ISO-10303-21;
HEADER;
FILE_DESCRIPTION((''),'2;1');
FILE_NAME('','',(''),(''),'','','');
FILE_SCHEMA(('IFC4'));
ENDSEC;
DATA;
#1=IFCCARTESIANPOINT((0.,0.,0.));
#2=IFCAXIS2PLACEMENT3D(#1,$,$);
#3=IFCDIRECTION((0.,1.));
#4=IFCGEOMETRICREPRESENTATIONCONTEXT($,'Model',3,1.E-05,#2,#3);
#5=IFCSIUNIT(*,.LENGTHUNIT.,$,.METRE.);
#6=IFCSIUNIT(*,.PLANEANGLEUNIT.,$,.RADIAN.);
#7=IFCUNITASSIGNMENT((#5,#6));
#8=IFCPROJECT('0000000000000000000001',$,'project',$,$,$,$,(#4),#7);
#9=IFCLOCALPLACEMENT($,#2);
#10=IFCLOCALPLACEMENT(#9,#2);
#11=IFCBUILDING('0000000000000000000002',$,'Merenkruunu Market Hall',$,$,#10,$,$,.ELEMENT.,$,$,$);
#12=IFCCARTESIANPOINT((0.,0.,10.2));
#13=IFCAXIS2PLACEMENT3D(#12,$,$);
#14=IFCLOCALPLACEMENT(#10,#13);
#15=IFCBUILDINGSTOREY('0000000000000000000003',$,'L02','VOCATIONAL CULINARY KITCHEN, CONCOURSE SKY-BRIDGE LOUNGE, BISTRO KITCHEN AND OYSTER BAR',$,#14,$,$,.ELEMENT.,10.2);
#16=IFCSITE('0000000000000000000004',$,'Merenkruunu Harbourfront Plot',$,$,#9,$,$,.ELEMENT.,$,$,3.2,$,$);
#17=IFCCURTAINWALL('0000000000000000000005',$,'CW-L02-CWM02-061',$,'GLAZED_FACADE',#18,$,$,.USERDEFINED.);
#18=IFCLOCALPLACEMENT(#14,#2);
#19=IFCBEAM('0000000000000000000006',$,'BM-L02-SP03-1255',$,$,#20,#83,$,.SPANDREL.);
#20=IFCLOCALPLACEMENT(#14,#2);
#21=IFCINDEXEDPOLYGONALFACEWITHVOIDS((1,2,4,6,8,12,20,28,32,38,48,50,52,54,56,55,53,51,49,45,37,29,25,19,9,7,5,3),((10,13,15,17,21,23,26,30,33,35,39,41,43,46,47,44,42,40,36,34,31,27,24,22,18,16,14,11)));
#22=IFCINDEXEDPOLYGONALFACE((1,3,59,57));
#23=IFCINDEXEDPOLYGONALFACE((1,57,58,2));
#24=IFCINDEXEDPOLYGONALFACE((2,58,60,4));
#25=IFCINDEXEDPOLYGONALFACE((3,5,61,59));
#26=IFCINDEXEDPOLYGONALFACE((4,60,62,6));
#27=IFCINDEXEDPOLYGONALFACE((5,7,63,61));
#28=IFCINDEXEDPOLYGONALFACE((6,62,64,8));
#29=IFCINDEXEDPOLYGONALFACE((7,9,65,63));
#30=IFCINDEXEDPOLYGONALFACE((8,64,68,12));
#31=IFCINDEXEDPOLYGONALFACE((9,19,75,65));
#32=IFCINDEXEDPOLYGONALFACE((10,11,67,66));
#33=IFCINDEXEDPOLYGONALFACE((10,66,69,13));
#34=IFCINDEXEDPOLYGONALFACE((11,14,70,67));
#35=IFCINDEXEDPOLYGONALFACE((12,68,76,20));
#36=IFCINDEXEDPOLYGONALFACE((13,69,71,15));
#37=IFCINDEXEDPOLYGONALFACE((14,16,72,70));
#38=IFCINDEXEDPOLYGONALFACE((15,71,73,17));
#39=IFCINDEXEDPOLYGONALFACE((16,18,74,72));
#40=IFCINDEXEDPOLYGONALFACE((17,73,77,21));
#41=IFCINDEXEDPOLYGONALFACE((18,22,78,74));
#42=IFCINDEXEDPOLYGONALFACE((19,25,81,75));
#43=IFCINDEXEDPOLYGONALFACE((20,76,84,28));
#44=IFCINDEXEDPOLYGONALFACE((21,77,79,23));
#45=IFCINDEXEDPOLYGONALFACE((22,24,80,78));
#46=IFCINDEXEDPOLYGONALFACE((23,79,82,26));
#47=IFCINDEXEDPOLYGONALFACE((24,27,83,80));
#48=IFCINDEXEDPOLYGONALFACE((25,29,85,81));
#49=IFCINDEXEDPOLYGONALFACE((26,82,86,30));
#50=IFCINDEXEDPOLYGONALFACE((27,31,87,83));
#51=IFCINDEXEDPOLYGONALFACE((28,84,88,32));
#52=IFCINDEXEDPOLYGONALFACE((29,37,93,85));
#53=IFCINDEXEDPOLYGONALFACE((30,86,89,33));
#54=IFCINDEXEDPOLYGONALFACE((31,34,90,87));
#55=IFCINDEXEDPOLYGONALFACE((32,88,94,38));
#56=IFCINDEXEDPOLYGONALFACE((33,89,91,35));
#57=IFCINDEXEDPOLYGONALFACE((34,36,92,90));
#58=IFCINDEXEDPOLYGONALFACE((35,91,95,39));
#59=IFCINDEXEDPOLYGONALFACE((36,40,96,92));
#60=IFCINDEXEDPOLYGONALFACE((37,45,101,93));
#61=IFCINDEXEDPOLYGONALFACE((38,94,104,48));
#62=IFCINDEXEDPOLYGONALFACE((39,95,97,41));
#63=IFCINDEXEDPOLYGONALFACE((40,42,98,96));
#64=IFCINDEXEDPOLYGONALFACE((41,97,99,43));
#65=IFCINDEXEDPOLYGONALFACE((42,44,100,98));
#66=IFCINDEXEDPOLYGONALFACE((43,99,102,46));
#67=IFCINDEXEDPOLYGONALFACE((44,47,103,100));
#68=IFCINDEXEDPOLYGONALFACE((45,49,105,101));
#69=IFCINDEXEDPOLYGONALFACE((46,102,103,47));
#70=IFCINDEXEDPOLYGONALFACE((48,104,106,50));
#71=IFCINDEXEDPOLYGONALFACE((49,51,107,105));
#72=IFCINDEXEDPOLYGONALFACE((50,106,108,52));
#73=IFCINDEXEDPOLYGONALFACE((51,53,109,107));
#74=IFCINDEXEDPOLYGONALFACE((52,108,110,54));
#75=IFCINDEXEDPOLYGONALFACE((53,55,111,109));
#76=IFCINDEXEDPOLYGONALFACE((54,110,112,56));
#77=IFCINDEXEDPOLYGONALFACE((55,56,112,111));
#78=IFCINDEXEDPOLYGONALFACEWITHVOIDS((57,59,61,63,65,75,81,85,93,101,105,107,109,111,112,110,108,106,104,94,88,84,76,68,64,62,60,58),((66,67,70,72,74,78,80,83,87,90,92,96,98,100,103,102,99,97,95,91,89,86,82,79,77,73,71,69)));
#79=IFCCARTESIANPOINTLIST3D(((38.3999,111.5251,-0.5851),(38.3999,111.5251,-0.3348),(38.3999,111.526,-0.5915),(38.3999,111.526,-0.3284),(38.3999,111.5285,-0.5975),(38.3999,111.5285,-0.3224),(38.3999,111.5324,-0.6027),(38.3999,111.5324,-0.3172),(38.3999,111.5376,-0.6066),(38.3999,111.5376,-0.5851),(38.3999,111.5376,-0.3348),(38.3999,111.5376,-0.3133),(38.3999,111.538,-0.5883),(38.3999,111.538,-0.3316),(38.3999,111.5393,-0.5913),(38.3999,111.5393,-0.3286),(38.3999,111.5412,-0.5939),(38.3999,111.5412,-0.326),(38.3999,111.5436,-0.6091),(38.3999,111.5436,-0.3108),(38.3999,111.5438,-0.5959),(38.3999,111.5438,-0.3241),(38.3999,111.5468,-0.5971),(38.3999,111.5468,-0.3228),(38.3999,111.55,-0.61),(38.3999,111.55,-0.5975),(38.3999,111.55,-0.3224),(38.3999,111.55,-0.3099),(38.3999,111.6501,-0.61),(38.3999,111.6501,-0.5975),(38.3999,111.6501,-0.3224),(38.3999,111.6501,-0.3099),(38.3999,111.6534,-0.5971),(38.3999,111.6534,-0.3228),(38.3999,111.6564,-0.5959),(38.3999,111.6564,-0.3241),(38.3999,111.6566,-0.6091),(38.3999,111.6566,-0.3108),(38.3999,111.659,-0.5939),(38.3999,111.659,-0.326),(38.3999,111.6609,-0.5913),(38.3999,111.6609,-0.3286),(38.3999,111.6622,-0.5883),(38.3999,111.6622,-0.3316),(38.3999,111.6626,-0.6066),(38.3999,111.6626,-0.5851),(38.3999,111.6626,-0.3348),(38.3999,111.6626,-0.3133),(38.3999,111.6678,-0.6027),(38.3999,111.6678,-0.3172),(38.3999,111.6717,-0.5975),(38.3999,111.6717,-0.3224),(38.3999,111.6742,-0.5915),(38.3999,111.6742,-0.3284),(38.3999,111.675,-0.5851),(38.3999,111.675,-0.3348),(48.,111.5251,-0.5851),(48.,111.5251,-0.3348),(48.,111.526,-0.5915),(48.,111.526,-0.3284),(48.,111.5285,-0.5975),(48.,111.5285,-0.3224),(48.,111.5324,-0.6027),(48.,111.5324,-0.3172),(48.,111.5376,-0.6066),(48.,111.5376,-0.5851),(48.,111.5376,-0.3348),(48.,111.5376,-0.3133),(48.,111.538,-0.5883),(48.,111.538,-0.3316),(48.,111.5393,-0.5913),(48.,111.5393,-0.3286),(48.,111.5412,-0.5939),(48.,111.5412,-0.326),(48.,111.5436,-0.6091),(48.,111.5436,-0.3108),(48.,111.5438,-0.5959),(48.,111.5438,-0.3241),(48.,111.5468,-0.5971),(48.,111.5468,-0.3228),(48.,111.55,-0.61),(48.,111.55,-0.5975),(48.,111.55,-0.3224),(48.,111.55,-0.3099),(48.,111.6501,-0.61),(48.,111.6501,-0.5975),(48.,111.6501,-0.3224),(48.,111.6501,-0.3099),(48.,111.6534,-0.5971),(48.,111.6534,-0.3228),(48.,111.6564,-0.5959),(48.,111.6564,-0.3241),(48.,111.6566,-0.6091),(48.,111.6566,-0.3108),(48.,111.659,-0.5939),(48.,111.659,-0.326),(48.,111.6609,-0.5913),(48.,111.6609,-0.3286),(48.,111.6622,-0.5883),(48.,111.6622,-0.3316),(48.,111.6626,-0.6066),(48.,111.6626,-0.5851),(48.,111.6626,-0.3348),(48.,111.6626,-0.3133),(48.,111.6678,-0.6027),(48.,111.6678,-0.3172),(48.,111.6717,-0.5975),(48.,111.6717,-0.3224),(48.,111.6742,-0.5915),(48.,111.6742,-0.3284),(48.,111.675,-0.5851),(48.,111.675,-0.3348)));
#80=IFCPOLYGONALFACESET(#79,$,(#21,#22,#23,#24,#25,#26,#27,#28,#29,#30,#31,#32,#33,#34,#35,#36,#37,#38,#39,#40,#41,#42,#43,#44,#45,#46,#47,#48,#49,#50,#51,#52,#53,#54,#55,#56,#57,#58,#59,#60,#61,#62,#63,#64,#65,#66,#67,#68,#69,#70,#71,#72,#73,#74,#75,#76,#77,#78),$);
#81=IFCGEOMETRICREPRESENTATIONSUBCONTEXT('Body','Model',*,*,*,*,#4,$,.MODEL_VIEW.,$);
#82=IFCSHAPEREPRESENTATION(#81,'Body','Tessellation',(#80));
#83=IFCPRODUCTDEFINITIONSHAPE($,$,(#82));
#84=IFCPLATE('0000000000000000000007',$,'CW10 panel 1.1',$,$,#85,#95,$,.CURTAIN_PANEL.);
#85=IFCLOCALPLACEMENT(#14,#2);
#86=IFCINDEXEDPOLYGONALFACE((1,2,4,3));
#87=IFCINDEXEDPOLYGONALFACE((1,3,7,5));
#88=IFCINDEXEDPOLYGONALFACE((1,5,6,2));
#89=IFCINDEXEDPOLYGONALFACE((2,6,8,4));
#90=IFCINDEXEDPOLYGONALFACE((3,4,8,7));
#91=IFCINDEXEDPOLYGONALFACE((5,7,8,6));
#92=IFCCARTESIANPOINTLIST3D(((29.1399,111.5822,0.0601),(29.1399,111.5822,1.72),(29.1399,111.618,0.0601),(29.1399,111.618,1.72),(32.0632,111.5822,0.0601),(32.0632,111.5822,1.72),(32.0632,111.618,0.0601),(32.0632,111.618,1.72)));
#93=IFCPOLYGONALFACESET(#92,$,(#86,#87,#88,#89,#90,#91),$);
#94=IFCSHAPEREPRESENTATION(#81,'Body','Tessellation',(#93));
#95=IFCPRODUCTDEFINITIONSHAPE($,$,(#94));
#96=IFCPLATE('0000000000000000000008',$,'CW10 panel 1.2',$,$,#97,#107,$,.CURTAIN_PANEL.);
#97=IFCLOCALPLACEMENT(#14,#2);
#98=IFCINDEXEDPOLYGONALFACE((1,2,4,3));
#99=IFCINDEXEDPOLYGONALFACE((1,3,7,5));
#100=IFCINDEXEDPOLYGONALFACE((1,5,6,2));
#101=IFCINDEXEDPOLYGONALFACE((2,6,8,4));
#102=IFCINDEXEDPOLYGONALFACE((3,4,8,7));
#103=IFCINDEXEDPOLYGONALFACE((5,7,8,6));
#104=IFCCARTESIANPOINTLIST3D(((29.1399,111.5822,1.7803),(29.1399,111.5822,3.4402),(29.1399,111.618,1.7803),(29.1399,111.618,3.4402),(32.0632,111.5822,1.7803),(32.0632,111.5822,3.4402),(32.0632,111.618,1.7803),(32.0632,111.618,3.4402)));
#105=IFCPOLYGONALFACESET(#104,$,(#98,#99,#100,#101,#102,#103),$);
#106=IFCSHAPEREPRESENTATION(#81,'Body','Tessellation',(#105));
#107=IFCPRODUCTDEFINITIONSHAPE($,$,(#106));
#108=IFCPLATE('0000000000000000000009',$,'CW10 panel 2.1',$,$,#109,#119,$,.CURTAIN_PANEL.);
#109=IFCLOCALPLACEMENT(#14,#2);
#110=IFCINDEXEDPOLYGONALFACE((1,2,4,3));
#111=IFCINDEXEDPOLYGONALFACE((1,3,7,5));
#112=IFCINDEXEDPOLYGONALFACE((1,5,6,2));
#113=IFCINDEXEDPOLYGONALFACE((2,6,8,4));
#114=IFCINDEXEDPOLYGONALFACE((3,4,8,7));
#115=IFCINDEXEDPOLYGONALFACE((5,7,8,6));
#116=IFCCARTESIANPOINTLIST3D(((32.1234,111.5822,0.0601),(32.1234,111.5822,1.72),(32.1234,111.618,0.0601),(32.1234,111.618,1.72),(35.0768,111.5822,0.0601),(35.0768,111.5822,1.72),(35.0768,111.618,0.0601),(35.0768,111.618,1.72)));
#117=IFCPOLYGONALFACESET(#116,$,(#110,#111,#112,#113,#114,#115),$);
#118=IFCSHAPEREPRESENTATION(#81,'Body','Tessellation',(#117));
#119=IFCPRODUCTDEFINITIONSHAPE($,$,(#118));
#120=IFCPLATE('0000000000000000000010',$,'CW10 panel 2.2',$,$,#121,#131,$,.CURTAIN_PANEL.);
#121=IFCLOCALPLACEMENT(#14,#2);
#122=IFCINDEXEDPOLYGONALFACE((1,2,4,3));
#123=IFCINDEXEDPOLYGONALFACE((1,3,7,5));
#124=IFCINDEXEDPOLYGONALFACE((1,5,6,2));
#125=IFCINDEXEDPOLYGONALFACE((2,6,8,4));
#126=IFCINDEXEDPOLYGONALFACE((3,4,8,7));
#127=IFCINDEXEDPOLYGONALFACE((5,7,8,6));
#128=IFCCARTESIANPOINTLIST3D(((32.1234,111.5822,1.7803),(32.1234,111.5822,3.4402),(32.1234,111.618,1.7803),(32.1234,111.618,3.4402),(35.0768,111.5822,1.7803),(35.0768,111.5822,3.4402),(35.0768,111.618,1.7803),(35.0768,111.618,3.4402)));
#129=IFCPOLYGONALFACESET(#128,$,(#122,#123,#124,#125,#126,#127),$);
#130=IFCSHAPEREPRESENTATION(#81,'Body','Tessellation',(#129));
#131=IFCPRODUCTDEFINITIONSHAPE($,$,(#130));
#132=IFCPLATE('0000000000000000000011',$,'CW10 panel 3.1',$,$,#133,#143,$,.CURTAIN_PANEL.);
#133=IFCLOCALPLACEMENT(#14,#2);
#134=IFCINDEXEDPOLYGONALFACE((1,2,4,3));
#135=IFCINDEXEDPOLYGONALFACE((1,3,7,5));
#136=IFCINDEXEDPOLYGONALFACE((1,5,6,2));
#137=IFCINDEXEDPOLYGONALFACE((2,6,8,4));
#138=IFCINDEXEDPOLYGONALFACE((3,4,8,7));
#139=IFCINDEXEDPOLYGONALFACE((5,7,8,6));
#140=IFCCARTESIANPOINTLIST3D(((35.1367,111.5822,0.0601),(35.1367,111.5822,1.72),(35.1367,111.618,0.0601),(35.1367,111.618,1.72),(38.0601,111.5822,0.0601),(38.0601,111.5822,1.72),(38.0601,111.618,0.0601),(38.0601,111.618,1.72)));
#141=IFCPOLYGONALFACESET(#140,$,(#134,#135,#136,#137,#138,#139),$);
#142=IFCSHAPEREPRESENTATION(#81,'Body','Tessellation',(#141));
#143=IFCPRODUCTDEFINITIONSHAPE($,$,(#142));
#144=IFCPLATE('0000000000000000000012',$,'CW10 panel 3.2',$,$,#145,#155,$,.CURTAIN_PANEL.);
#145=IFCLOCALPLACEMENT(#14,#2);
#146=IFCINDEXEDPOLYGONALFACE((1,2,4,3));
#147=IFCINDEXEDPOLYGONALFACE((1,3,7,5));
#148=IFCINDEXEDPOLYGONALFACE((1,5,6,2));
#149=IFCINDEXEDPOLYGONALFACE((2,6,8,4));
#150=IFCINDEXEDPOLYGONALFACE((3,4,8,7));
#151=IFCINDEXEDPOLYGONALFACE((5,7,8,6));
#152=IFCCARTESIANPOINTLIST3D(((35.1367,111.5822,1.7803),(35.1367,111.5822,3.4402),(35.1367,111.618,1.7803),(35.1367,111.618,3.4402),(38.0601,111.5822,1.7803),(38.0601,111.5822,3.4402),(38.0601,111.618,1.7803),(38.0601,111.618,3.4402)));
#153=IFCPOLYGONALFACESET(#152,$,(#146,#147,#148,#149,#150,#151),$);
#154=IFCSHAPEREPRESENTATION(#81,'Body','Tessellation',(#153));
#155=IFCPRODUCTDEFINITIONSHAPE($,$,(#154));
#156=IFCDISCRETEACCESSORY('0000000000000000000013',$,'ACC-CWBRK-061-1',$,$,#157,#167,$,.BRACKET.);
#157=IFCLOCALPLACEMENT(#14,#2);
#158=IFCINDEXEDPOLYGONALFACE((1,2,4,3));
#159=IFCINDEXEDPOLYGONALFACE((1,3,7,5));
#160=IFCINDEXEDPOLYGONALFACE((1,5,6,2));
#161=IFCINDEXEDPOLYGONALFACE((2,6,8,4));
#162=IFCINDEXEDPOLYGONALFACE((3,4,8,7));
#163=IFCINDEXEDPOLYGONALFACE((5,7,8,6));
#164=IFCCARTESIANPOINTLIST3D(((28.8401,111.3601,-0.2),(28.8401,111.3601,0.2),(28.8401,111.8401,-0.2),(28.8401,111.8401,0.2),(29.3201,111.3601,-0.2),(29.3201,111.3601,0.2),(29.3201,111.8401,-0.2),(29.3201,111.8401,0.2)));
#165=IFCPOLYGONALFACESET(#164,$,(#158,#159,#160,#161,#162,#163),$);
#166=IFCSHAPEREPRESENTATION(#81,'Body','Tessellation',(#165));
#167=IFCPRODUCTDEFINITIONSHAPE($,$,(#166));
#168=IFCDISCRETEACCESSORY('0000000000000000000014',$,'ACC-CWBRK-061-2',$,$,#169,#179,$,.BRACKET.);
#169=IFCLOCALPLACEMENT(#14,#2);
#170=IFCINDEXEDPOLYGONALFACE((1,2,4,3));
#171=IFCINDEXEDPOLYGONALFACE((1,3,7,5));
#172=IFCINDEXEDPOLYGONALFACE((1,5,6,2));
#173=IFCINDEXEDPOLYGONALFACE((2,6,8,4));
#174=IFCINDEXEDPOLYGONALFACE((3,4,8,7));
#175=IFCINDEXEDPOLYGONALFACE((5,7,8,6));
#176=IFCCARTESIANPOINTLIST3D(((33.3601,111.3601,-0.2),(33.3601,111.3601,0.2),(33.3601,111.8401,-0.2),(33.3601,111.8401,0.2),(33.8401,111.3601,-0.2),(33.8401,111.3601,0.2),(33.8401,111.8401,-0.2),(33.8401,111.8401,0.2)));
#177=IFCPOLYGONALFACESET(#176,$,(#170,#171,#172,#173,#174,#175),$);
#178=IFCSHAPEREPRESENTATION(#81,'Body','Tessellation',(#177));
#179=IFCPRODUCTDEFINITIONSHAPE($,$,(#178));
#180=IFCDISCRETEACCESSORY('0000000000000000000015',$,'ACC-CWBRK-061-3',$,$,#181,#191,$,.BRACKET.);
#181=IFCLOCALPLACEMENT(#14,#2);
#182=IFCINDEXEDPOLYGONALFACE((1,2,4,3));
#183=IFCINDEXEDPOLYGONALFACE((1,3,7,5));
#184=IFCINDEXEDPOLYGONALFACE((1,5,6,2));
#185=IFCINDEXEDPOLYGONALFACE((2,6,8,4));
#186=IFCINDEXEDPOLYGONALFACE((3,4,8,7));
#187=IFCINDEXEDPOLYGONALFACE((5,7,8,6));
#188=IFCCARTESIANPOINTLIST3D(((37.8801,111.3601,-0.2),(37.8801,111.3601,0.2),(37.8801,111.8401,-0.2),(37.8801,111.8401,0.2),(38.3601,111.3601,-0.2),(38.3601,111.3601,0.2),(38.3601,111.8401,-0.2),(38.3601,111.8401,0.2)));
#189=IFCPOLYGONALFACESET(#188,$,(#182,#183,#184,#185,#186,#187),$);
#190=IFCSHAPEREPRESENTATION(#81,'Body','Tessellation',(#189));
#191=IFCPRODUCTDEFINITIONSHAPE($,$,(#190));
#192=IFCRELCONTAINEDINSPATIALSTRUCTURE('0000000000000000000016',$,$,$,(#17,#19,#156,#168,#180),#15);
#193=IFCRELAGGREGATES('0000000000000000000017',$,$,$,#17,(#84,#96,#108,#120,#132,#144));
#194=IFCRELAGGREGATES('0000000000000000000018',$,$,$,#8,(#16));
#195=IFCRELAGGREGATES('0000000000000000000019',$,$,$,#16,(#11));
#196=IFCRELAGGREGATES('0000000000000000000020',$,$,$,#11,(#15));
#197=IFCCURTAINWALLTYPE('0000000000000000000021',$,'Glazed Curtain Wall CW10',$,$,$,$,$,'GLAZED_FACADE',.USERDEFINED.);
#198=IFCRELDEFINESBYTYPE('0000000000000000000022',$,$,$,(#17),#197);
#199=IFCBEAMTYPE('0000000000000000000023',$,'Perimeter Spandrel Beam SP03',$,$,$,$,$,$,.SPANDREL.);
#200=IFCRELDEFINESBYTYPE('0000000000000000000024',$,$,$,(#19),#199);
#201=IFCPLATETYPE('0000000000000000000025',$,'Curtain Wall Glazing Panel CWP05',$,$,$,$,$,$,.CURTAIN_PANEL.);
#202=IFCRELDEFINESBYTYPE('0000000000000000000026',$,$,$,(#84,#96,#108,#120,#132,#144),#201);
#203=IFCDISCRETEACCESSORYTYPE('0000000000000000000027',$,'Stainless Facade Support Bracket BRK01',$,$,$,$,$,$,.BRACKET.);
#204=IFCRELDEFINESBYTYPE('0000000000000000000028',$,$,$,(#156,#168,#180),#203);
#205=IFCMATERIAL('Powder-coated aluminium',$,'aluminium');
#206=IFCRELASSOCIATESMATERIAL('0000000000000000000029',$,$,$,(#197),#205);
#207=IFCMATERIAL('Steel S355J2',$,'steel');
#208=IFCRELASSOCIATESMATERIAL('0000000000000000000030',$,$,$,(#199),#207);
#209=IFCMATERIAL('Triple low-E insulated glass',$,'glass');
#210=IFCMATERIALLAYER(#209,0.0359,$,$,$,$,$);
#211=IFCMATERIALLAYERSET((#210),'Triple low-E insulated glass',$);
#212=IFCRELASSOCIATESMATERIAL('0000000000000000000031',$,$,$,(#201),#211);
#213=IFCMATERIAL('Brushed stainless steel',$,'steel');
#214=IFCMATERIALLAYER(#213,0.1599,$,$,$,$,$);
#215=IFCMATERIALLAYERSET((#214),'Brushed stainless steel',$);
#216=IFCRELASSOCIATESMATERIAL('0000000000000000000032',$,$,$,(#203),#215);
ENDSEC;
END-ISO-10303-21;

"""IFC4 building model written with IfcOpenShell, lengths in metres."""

from ifc_helpers import new_model, si_unit, direction, frame, origin, origin_2d, place, context, subcontext, project, spatial, rectangle, hollow_rectangle, extrude, material, layer, layer_set, material_profile, profile_set, type_object, element, aggregate, save


model = new_model("IFC4")

# Units and contexts
model_context = context("Model", 3, precision=1e-05, world=origin(), true_north=direction((0.0, 1.0)))
body_context = subcontext(model_context, "Body", "Model", "MODEL_VIEW")
ifc_project = project(units=[si_unit("LENGTHUNIT", "METRE"), si_unit("PLANEANGLEUNIT", "RADIAN")], contexts=[model_context])

# Site, building, storey
site_placement = place(None, origin())
site = spatial("IfcSite", under=ifc_project, at=site_placement, Name="Merenkruunu Harbourfront Plot", CompositionType="ELEMENT", RefElevation=3.2)
building_placement = place(site_placement, origin())
building = spatial("IfcBuilding", under=site, at=building_placement, Name="Merenkruunu Market Hall", CompositionType="ELEMENT")
storey_placement = place(building_placement, frame((0.0, 0.0, 10.2)))
storey = spatial("IfcBuildingStorey", under=building, at=storey_placement, Name="L02", Description="VOCATIONAL CULINARY KITCHEN, CONCOURSE SKY-BRIDGE LOUNGE, BISTRO KITCHEN AND OYSTER BAR", CompositionType="ELEMENT", Elevation=10.2)

# Shared definitions
ifc_material_1 = material(Name="Steel S355J2", Category="steel")

# Curtain wall
ifc_material_2 = material(Name="Powder-coated aluminium", Category="aluminium")
curtain_wall_type = type_object("IfcCurtainWallType", Name="Glazed Curtain Wall CW10", ElementType="GLAZED_FACADE", PredefinedType="USERDEFINED", material=ifc_material_2)
curtain_wall_placement = place(storey_placement, origin())
curtain_wall = element("IfcCurtainWall", 1, at=curtain_wall_placement, inside=storey, type_object=curtain_wall_type, Name="CW-L02-CWM02-061", ObjectType="GLAZED_FACADE", PredefinedType="USERDEFINED")

# Beam
ifc_material_profile_1 = material_profile(ifc_material_1, hollow_rectangle(XDim=0.1499, YDim=0.3, WallThickness=0.0125, InnerFilletRadius=0.0125, OuterFilletRadius=0.0249, at=origin_2d()), Name="RHS 300x150x12.5")
ifc_profile_set_1 = profile_set([ifc_material_profile_1], Name="Steel S355J2")
beam_type = type_object("IfcBeamType", Name="Perimeter Spandrel Beam SP03", PredefinedType="SPANDREL", material=ifc_profile_set_1)
beam_1_placement = place(storey_placement, frame((38.3999, 111.6001, -0.46), z_axis=(1.0, 0.0, 0.0), x_axis=(0.0, 1.0, 0.0)))
element("IfcBeam", 2, at=beam_1_placement, inside=storey, type_object=beam_type, Name="BM-L02-SP03-1255", PredefinedType="SPANDREL", context=body_context, shape_type="SweptSolid", body=[
    extrude(hollow_rectangle(XDim=0.1499, YDim=0.3, WallThickness=0.0125, InnerFilletRadius=0.0125, OuterFilletRadius=0.0249, at=origin_2d()), origin(), (0.0, 0.0, 1.0), 9.6001),
])

# Plates
ifc_material_3 = material(Name="Triple low-E insulated glass", Category="glass")
ifc_layer_1 = layer(ifc_material_3, 0.0359)
ifc_layer_set_1 = layer_set([ifc_layer_1], Name="Triple low-E insulated glass")
plate_type = type_object("IfcPlateType", Name="Curtain Wall Glazing Panel CWP05", PredefinedType="CURTAIN_PANEL", material=ifc_layer_set_1)
plate_1_placement = place(storey_placement, frame((30.6016, 111.6001, 0.0601), z_axis=(0.0, 0.0, 1.0), x_axis=(1.0, 0.0, 0.0)))
plate_1 = element("IfcPlate", 3, at=plate_1_placement, type_object=plate_type, Name="CW10 panel 1.1", PredefinedType="CURTAIN_PANEL", context=body_context, shape_type="SweptSolid", body=[
    extrude(rectangle(XDim=2.9233, YDim=0.0359, at=origin_2d()), origin(), (0.0, 0.0, 1.0), 1.6599),
])
plate_2_placement = place(storey_placement, frame((30.6016, 111.6001, 1.7803), z_axis=(0.0, 0.0, 1.0), x_axis=(1.0, 0.0, 0.0)))
plate_2 = element("IfcPlate", 4, at=plate_2_placement, type_object=plate_type, Name="CW10 panel 1.2", PredefinedType="CURTAIN_PANEL", context=body_context, shape_type="SweptSolid", body=[
    extrude(rectangle(XDim=2.9233, YDim=0.0359, at=origin_2d()), origin(), (0.0, 0.0, 1.0), 1.6599),
])
plate_3_placement = place(storey_placement, frame((33.6001, 111.6001, 0.0601), z_axis=(0.0, 0.0, 1.0), x_axis=(1.0, 0.0, 0.0)))
plate_3 = element("IfcPlate", 5, at=plate_3_placement, type_object=plate_type, Name="CW10 panel 2.1", PredefinedType="CURTAIN_PANEL", context=body_context, shape_type="SweptSolid", body=[
    extrude(rectangle(XDim=2.9534, YDim=0.0359, at=origin_2d()), origin(), (0.0, 0.0, 1.0), 1.6599),
])
plate_4_placement = place(storey_placement, frame((33.6001, 111.6001, 1.7803), z_axis=(0.0, 0.0, 1.0), x_axis=(1.0, 0.0, 0.0)))
plate_4 = element("IfcPlate", 6, at=plate_4_placement, type_object=plate_type, Name="CW10 panel 2.2", PredefinedType="CURTAIN_PANEL", context=body_context, shape_type="SweptSolid", body=[
    extrude(rectangle(XDim=2.9534, YDim=0.0359, at=origin_2d()), origin(), (0.0, 0.0, 1.0), 1.6599),
])
plate_5_placement = place(storey_placement, frame((36.5984, 111.6001, 0.0601), z_axis=(0.0, 0.0, 1.0), x_axis=(1.0, 0.0, 0.0)))
plate_5 = element("IfcPlate", 7, at=plate_5_placement, type_object=plate_type, Name="CW10 panel 3.1", PredefinedType="CURTAIN_PANEL", context=body_context, shape_type="SweptSolid", body=[
    extrude(rectangle(XDim=2.9233, YDim=0.0359, at=origin_2d()), origin(), (0.0, 0.0, 1.0), 1.6599),
])
plate_6_placement = place(storey_placement, frame((36.5984, 111.6001, 1.7803), z_axis=(0.0, 0.0, 1.0), x_axis=(1.0, 0.0, 0.0)))
plate_6 = element("IfcPlate", 8, at=plate_6_placement, type_object=plate_type, Name="CW10 panel 3.2", PredefinedType="CURTAIN_PANEL", context=body_context, shape_type="SweptSolid", body=[
    extrude(rectangle(XDim=2.9233, YDim=0.0359, at=origin_2d()), origin(), (0.0, 0.0, 1.0), 1.6599),
])
aggregate(curtain_wall, [plate_1, plate_2, plate_3, plate_4, plate_5, plate_6])

# Discrete accessories
ifc_material_4 = material(Name="Brushed stainless steel", Category="steel")
ifc_layer_2 = layer(ifc_material_4, 0.1599)
ifc_layer_set_2 = layer_set([ifc_layer_2], Name="Brushed stainless steel")
discrete_accessory_type = type_object("IfcDiscreteAccessoryType", Name="Stainless Facade Support Bracket BRK01", PredefinedType="BRACKET", material=ifc_layer_set_2)
for number, where, z_axis, x_axis, name in (
    (9, (29.0801, 111.6001, -0.2), (0.0, 0.0, 1.0), (1.0, 0.0, 0.0), "ACC-CWBRK-061-1"),
    (10, (33.6001, 111.6001, -0.2), (0.0, 0.0, 1.0), (1.0, 0.0, 0.0), "ACC-CWBRK-061-2"),
    (11, (38.1201, 111.6001, -0.2), (0.0, 0.0, 1.0), (1.0, 0.0, 0.0), "ACC-CWBRK-061-3"),
):
    element("IfcDiscreteAccessory", number, at=place(storey_placement, frame(where, z_axis=z_axis, x_axis=x_axis)), inside=storey, type_object=discrete_accessory_type, Name=name, PredefinedType="BRACKET", context=body_context, shape_type="SweptSolid", body=[
        extrude(rectangle(XDim=0.48, YDim=0.48, at=origin_2d()), origin(), (0.0, 0.0, 1.0), 0.3999),
    ])

save(model, "model.ifc")
